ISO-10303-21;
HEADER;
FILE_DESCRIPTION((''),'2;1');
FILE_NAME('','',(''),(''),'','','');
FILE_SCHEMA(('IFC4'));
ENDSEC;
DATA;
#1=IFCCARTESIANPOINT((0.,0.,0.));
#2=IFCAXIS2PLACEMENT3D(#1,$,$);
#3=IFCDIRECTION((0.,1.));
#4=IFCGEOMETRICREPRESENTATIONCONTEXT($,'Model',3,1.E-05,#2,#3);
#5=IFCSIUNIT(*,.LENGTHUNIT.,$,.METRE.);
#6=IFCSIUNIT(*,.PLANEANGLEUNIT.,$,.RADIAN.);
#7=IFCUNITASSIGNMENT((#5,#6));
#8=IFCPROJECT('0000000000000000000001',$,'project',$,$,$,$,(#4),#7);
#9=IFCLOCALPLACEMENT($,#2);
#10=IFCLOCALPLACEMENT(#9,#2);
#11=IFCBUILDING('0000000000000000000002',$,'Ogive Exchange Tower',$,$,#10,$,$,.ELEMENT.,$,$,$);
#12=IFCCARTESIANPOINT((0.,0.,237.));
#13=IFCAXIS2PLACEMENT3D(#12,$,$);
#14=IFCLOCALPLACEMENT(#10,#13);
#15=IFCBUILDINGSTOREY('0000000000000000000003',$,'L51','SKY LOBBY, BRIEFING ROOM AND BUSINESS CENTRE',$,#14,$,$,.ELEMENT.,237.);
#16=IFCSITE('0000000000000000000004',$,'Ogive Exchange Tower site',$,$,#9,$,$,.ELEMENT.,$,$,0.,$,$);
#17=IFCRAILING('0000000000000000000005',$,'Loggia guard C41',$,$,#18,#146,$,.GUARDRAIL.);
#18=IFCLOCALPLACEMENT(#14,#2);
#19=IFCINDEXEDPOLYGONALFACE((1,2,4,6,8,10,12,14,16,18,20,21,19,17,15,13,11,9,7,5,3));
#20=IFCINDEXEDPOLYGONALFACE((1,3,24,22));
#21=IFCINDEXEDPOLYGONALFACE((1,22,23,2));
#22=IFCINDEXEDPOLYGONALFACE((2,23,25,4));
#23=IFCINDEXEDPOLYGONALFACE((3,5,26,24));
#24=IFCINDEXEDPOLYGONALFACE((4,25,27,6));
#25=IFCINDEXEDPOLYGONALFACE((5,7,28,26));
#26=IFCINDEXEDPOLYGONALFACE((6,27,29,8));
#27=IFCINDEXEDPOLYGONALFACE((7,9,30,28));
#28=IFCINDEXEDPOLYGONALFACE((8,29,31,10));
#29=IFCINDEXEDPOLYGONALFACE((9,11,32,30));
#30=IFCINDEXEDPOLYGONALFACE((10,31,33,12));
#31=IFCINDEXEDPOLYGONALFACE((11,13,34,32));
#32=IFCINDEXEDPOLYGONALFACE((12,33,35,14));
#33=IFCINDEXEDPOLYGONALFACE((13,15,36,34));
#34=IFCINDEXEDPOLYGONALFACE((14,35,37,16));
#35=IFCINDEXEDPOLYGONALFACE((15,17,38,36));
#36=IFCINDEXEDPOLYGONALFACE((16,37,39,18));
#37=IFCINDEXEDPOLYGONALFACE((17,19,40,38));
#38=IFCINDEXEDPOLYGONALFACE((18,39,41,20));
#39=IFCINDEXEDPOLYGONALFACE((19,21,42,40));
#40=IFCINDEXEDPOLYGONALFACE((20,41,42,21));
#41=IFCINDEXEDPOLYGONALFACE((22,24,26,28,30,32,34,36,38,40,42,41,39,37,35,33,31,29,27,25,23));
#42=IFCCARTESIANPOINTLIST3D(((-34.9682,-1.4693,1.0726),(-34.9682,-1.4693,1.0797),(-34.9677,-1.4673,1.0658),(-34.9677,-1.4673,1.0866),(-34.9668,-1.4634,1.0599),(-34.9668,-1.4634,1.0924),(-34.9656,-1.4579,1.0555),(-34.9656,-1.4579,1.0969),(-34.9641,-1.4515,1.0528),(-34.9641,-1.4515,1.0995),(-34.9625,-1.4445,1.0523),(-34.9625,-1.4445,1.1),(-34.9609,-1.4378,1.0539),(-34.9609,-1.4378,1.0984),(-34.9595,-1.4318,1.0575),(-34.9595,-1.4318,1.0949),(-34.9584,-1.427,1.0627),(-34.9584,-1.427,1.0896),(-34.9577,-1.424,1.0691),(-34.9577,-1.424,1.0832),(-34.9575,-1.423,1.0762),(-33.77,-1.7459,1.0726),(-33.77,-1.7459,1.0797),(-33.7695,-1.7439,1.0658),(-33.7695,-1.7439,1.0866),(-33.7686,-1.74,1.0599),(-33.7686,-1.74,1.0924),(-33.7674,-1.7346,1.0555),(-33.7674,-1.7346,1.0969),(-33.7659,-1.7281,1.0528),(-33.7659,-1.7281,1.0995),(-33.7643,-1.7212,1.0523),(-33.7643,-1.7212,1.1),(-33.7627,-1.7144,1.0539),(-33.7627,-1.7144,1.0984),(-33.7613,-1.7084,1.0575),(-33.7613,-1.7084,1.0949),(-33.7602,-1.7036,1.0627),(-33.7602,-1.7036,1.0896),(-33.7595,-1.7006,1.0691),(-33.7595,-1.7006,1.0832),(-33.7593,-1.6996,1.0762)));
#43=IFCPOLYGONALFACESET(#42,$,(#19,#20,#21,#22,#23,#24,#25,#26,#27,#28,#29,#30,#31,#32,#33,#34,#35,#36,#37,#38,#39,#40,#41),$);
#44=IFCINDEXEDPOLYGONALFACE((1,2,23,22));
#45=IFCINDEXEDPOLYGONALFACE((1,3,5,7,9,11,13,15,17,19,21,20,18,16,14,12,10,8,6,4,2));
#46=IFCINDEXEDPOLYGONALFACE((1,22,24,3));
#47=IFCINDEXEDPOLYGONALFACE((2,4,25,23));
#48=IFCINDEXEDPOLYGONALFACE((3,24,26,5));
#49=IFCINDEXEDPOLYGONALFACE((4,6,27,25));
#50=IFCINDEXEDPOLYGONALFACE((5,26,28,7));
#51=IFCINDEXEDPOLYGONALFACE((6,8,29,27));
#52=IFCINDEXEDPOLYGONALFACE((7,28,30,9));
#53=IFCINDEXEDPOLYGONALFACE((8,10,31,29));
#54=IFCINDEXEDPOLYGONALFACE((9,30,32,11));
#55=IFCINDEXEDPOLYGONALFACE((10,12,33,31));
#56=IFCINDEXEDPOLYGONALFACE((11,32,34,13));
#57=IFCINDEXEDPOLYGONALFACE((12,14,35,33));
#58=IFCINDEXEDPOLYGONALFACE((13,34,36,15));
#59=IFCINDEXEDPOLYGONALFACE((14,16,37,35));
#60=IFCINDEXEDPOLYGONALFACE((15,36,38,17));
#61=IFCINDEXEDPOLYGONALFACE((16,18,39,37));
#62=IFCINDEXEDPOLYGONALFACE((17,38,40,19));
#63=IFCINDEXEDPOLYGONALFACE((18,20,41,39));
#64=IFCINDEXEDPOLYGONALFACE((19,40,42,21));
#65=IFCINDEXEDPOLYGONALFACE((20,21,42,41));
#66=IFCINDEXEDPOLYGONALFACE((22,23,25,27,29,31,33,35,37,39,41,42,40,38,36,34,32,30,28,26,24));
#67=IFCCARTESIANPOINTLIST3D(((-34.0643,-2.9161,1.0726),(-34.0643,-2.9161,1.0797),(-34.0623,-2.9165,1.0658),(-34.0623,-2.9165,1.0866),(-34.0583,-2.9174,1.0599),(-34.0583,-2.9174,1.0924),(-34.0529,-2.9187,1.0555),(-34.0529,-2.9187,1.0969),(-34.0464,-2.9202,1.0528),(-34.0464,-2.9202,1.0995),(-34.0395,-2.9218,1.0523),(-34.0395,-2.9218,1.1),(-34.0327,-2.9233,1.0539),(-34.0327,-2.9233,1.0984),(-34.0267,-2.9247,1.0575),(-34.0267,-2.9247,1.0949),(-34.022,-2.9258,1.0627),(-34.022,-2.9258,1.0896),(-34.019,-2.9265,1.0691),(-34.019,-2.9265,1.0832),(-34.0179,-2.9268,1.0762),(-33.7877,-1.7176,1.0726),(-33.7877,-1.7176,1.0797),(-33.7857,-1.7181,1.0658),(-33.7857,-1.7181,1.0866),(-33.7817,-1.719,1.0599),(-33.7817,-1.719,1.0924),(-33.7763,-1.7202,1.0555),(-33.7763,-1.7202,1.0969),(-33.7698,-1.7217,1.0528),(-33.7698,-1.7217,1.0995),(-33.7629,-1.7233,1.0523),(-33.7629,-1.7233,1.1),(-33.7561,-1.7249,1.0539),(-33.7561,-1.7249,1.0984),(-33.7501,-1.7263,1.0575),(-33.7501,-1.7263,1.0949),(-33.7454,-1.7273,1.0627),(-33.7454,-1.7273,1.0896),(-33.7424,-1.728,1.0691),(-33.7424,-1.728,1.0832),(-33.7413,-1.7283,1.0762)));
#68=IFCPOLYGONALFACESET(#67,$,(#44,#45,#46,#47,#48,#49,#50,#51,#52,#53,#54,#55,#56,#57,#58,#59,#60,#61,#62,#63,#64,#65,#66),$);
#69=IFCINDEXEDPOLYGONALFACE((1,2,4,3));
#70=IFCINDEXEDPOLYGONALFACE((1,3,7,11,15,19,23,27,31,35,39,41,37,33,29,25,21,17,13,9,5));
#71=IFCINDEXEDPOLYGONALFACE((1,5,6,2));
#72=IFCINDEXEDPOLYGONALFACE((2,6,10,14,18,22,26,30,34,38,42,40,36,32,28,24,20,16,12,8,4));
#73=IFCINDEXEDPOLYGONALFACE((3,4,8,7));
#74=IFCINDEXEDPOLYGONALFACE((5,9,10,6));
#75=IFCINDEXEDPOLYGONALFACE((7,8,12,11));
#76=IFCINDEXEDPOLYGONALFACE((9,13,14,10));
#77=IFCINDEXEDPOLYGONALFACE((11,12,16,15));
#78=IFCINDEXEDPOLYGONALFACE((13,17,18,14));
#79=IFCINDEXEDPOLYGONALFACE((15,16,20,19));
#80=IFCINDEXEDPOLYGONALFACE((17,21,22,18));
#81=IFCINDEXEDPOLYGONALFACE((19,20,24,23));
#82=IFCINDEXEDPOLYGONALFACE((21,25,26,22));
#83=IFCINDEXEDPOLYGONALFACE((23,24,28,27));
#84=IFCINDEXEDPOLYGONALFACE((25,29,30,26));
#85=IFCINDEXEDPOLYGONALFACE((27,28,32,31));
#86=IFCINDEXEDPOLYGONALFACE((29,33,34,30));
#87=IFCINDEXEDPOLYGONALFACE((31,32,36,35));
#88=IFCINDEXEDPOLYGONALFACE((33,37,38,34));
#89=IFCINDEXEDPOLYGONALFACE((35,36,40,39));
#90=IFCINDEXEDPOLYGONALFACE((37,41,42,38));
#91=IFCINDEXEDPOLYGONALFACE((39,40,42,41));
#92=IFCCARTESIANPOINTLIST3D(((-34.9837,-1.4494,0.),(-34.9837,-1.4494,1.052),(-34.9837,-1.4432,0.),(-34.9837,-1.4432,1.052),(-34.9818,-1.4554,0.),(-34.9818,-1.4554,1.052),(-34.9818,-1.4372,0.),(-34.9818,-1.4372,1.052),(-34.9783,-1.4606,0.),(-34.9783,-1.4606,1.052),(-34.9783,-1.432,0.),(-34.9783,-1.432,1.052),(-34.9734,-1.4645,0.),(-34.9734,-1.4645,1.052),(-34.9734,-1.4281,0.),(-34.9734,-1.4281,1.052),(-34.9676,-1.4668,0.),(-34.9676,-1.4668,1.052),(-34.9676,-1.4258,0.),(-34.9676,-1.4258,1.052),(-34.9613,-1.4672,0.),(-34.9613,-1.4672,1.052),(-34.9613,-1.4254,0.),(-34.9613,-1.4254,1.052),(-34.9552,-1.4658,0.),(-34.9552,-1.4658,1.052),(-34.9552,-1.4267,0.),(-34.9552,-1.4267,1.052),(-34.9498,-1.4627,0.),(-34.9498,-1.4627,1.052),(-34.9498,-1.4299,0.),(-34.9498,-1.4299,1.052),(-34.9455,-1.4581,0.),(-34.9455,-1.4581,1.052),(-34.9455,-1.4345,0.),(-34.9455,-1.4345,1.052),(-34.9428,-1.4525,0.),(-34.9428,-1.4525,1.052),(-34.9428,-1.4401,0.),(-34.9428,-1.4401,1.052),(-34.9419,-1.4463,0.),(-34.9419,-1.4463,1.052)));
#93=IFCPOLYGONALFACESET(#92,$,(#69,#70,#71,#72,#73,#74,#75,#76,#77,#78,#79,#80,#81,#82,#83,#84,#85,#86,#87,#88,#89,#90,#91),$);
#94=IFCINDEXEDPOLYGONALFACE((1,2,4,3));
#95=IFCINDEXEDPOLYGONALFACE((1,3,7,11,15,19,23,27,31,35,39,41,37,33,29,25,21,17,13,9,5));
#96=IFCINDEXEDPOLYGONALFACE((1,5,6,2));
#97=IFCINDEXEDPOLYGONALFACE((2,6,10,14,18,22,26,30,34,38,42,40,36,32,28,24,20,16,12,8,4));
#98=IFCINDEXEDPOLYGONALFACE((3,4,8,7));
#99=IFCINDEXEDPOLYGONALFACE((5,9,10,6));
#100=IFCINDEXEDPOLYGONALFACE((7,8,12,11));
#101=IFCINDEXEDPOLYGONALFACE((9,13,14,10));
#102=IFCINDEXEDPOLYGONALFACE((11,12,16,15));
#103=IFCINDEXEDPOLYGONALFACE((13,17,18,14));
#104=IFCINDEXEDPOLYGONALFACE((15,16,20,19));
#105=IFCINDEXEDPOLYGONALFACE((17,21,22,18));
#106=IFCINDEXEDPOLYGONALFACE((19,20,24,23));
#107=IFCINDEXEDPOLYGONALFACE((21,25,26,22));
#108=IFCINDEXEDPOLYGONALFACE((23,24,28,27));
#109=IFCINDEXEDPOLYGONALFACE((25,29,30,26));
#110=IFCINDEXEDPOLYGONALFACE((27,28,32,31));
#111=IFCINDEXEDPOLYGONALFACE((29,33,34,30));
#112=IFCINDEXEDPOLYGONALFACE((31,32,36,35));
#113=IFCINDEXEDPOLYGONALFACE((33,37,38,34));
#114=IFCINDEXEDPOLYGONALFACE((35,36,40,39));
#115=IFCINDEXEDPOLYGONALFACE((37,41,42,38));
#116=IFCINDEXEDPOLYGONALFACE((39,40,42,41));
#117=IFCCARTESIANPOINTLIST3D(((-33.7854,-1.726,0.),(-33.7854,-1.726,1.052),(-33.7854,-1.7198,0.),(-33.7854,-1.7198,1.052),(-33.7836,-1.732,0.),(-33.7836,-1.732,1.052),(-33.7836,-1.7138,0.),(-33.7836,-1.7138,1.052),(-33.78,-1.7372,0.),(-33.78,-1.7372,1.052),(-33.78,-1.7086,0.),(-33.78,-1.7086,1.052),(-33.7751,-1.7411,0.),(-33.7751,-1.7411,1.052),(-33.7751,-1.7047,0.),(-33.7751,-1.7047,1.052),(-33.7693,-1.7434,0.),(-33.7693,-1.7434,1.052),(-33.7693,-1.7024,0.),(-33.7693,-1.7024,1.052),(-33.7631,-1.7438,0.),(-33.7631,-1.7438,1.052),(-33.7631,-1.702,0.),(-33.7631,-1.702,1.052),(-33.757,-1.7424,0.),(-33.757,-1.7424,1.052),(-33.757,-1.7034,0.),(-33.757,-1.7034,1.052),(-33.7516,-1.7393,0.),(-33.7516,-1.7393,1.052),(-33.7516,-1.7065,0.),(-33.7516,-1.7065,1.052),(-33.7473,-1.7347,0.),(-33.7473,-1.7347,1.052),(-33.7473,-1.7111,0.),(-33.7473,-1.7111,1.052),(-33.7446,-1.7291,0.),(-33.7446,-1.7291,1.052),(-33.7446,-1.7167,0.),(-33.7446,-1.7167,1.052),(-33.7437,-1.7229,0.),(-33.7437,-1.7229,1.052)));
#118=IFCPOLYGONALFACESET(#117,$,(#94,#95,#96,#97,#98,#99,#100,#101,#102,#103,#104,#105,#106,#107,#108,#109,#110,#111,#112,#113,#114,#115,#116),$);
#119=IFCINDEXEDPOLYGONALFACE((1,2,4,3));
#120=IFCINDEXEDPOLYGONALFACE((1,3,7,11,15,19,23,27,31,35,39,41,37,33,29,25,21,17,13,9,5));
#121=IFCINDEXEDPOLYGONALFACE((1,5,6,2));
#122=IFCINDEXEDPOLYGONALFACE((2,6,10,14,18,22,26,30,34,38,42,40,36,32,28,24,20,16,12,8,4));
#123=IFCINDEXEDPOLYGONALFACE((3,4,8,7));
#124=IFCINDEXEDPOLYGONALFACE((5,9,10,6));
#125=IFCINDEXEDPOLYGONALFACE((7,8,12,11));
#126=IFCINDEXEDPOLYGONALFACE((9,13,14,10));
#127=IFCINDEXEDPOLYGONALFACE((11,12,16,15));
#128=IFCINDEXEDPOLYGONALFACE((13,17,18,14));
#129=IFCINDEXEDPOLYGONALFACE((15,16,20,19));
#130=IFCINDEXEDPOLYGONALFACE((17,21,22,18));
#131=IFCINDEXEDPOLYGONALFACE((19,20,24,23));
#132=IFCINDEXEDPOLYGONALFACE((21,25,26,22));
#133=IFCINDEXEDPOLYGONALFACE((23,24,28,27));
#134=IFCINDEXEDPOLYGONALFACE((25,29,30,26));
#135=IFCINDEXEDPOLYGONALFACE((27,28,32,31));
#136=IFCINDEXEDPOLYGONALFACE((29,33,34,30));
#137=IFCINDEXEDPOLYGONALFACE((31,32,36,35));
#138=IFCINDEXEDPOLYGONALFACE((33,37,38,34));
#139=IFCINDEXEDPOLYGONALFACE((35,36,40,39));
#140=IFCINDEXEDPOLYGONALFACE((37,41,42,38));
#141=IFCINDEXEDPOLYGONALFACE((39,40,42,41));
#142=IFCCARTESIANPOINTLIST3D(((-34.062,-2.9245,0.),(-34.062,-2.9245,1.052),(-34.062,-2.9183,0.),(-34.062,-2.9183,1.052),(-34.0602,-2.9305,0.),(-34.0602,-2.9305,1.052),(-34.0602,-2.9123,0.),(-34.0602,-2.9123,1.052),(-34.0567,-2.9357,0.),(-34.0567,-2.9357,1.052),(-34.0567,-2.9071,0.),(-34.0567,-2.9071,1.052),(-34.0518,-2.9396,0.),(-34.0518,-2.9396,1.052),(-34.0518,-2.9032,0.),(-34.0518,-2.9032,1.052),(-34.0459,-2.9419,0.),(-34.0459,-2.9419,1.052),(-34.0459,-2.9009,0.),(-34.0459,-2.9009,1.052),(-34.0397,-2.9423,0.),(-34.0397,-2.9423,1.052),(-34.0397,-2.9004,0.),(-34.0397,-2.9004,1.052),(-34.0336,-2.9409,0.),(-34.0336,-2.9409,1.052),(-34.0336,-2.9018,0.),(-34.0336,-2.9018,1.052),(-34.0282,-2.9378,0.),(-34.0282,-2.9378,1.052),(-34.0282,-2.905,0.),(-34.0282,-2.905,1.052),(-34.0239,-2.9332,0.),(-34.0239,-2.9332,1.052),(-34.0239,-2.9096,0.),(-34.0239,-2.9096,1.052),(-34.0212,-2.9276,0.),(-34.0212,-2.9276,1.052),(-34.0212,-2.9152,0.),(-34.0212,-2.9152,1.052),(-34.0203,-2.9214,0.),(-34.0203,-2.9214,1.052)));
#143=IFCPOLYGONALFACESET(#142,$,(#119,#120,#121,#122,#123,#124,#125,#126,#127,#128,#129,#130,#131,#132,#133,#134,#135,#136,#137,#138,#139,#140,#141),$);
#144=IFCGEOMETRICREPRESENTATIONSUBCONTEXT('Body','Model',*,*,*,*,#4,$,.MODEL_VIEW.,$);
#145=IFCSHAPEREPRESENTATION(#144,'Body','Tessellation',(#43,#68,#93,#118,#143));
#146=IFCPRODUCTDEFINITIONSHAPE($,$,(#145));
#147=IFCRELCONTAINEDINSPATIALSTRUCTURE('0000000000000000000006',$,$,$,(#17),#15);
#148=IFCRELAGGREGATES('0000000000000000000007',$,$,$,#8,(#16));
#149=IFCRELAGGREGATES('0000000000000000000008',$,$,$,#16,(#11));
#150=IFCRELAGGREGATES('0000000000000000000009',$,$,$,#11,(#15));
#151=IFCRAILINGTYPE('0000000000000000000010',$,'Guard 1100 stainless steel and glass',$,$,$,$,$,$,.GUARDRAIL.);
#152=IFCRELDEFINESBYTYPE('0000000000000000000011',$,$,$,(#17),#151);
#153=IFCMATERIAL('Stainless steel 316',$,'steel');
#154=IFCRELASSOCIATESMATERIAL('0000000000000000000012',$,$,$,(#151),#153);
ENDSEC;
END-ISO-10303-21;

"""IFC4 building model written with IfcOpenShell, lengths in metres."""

from ifc_helpers import new_model, si_unit, direction, frame, origin, origin_2d, place, context, subcontext, project, spatial, circle, extrude, material, type_object, element, save


model = new_model("IFC4")

# Units and contexts
model_context = context("Model", 3, precision=1e-05, world=origin(), true_north=direction((0.0, 1.0)))
body_context = subcontext(model_context, "Body", "Model", "MODEL_VIEW")
ifc_project = project(units=[si_unit("LENGTHUNIT", "METRE"), si_unit("PLANEANGLEUNIT", "RADIAN")], contexts=[model_context])

# Site, building, storey
site_placement = place(None, origin())
site = spatial("IfcSite", under=ifc_project, at=site_placement, Name="Ogive Exchange Tower site", CompositionType="ELEMENT", RefElevation=0.0)
building_placement = place(site_placement, origin())
building = spatial("IfcBuilding", under=site, at=building_placement, Name="Ogive Exchange Tower", CompositionType="ELEMENT")
storey_placement = place(building_placement, frame((0.0, 0.0, 237.0)))
storey = spatial("IfcBuildingStorey", under=building, at=storey_placement, Name="L51", Description="SKY LOBBY, BRIEFING ROOM AND BUSINESS CENTRE", CompositionType="ELEMENT", Elevation=237.0)

# Railing
ifc_material_1 = material(Name="Stainless steel 316", Category="steel")
railing_type = type_object("IfcRailingType", Name="Guard 1100 stainless steel and glass", PredefinedType="GUARDRAIL", material=ifc_material_1)
railing_placement = place(storey_placement, frame((-34.9629, -1.4463, 0.0)))
element("IfcRailing", 1, at=railing_placement, inside=storey, type_object=railing_type, Name="Loggia guard C41", PredefinedType="GUARDRAIL", context=body_context, shape_type="SweptSolid", body=[
    extrude(circle(Radius=0.0239, at=origin_2d()), frame((0.0, 0.0, 1.0762), z_axis=(0.974374, -0.224932, 0.0), x_axis=(0.224932, 0.974374, 0.0)), (0.0, 0.0, 1.0), 1.2297),
    extrude(circle(Radius=0.0239, at=origin_2d()), frame((1.1982, -0.2766, 1.0762), z_axis=(-0.224888, -0.974385, 0.0), x_axis=(0.974385, -0.224888, 0.0)), (0.0, 0.0, 1.0), 1.23),
    extrude(circle(Radius=0.021, at=origin_2d()), origin(), (0.0, 0.0, 1.0), 1.052),
    extrude(circle(Radius=0.021, at=origin_2d()), frame((1.1982, -0.2766, 0.0)), (0.0, 0.0, 1.0), 1.052),
    extrude(circle(Radius=0.021, at=origin_2d()), frame((0.9216, -1.4751, 0.0)), (0.0, 0.0, 1.0), 1.052),
])

save(model, "model.ifc")
